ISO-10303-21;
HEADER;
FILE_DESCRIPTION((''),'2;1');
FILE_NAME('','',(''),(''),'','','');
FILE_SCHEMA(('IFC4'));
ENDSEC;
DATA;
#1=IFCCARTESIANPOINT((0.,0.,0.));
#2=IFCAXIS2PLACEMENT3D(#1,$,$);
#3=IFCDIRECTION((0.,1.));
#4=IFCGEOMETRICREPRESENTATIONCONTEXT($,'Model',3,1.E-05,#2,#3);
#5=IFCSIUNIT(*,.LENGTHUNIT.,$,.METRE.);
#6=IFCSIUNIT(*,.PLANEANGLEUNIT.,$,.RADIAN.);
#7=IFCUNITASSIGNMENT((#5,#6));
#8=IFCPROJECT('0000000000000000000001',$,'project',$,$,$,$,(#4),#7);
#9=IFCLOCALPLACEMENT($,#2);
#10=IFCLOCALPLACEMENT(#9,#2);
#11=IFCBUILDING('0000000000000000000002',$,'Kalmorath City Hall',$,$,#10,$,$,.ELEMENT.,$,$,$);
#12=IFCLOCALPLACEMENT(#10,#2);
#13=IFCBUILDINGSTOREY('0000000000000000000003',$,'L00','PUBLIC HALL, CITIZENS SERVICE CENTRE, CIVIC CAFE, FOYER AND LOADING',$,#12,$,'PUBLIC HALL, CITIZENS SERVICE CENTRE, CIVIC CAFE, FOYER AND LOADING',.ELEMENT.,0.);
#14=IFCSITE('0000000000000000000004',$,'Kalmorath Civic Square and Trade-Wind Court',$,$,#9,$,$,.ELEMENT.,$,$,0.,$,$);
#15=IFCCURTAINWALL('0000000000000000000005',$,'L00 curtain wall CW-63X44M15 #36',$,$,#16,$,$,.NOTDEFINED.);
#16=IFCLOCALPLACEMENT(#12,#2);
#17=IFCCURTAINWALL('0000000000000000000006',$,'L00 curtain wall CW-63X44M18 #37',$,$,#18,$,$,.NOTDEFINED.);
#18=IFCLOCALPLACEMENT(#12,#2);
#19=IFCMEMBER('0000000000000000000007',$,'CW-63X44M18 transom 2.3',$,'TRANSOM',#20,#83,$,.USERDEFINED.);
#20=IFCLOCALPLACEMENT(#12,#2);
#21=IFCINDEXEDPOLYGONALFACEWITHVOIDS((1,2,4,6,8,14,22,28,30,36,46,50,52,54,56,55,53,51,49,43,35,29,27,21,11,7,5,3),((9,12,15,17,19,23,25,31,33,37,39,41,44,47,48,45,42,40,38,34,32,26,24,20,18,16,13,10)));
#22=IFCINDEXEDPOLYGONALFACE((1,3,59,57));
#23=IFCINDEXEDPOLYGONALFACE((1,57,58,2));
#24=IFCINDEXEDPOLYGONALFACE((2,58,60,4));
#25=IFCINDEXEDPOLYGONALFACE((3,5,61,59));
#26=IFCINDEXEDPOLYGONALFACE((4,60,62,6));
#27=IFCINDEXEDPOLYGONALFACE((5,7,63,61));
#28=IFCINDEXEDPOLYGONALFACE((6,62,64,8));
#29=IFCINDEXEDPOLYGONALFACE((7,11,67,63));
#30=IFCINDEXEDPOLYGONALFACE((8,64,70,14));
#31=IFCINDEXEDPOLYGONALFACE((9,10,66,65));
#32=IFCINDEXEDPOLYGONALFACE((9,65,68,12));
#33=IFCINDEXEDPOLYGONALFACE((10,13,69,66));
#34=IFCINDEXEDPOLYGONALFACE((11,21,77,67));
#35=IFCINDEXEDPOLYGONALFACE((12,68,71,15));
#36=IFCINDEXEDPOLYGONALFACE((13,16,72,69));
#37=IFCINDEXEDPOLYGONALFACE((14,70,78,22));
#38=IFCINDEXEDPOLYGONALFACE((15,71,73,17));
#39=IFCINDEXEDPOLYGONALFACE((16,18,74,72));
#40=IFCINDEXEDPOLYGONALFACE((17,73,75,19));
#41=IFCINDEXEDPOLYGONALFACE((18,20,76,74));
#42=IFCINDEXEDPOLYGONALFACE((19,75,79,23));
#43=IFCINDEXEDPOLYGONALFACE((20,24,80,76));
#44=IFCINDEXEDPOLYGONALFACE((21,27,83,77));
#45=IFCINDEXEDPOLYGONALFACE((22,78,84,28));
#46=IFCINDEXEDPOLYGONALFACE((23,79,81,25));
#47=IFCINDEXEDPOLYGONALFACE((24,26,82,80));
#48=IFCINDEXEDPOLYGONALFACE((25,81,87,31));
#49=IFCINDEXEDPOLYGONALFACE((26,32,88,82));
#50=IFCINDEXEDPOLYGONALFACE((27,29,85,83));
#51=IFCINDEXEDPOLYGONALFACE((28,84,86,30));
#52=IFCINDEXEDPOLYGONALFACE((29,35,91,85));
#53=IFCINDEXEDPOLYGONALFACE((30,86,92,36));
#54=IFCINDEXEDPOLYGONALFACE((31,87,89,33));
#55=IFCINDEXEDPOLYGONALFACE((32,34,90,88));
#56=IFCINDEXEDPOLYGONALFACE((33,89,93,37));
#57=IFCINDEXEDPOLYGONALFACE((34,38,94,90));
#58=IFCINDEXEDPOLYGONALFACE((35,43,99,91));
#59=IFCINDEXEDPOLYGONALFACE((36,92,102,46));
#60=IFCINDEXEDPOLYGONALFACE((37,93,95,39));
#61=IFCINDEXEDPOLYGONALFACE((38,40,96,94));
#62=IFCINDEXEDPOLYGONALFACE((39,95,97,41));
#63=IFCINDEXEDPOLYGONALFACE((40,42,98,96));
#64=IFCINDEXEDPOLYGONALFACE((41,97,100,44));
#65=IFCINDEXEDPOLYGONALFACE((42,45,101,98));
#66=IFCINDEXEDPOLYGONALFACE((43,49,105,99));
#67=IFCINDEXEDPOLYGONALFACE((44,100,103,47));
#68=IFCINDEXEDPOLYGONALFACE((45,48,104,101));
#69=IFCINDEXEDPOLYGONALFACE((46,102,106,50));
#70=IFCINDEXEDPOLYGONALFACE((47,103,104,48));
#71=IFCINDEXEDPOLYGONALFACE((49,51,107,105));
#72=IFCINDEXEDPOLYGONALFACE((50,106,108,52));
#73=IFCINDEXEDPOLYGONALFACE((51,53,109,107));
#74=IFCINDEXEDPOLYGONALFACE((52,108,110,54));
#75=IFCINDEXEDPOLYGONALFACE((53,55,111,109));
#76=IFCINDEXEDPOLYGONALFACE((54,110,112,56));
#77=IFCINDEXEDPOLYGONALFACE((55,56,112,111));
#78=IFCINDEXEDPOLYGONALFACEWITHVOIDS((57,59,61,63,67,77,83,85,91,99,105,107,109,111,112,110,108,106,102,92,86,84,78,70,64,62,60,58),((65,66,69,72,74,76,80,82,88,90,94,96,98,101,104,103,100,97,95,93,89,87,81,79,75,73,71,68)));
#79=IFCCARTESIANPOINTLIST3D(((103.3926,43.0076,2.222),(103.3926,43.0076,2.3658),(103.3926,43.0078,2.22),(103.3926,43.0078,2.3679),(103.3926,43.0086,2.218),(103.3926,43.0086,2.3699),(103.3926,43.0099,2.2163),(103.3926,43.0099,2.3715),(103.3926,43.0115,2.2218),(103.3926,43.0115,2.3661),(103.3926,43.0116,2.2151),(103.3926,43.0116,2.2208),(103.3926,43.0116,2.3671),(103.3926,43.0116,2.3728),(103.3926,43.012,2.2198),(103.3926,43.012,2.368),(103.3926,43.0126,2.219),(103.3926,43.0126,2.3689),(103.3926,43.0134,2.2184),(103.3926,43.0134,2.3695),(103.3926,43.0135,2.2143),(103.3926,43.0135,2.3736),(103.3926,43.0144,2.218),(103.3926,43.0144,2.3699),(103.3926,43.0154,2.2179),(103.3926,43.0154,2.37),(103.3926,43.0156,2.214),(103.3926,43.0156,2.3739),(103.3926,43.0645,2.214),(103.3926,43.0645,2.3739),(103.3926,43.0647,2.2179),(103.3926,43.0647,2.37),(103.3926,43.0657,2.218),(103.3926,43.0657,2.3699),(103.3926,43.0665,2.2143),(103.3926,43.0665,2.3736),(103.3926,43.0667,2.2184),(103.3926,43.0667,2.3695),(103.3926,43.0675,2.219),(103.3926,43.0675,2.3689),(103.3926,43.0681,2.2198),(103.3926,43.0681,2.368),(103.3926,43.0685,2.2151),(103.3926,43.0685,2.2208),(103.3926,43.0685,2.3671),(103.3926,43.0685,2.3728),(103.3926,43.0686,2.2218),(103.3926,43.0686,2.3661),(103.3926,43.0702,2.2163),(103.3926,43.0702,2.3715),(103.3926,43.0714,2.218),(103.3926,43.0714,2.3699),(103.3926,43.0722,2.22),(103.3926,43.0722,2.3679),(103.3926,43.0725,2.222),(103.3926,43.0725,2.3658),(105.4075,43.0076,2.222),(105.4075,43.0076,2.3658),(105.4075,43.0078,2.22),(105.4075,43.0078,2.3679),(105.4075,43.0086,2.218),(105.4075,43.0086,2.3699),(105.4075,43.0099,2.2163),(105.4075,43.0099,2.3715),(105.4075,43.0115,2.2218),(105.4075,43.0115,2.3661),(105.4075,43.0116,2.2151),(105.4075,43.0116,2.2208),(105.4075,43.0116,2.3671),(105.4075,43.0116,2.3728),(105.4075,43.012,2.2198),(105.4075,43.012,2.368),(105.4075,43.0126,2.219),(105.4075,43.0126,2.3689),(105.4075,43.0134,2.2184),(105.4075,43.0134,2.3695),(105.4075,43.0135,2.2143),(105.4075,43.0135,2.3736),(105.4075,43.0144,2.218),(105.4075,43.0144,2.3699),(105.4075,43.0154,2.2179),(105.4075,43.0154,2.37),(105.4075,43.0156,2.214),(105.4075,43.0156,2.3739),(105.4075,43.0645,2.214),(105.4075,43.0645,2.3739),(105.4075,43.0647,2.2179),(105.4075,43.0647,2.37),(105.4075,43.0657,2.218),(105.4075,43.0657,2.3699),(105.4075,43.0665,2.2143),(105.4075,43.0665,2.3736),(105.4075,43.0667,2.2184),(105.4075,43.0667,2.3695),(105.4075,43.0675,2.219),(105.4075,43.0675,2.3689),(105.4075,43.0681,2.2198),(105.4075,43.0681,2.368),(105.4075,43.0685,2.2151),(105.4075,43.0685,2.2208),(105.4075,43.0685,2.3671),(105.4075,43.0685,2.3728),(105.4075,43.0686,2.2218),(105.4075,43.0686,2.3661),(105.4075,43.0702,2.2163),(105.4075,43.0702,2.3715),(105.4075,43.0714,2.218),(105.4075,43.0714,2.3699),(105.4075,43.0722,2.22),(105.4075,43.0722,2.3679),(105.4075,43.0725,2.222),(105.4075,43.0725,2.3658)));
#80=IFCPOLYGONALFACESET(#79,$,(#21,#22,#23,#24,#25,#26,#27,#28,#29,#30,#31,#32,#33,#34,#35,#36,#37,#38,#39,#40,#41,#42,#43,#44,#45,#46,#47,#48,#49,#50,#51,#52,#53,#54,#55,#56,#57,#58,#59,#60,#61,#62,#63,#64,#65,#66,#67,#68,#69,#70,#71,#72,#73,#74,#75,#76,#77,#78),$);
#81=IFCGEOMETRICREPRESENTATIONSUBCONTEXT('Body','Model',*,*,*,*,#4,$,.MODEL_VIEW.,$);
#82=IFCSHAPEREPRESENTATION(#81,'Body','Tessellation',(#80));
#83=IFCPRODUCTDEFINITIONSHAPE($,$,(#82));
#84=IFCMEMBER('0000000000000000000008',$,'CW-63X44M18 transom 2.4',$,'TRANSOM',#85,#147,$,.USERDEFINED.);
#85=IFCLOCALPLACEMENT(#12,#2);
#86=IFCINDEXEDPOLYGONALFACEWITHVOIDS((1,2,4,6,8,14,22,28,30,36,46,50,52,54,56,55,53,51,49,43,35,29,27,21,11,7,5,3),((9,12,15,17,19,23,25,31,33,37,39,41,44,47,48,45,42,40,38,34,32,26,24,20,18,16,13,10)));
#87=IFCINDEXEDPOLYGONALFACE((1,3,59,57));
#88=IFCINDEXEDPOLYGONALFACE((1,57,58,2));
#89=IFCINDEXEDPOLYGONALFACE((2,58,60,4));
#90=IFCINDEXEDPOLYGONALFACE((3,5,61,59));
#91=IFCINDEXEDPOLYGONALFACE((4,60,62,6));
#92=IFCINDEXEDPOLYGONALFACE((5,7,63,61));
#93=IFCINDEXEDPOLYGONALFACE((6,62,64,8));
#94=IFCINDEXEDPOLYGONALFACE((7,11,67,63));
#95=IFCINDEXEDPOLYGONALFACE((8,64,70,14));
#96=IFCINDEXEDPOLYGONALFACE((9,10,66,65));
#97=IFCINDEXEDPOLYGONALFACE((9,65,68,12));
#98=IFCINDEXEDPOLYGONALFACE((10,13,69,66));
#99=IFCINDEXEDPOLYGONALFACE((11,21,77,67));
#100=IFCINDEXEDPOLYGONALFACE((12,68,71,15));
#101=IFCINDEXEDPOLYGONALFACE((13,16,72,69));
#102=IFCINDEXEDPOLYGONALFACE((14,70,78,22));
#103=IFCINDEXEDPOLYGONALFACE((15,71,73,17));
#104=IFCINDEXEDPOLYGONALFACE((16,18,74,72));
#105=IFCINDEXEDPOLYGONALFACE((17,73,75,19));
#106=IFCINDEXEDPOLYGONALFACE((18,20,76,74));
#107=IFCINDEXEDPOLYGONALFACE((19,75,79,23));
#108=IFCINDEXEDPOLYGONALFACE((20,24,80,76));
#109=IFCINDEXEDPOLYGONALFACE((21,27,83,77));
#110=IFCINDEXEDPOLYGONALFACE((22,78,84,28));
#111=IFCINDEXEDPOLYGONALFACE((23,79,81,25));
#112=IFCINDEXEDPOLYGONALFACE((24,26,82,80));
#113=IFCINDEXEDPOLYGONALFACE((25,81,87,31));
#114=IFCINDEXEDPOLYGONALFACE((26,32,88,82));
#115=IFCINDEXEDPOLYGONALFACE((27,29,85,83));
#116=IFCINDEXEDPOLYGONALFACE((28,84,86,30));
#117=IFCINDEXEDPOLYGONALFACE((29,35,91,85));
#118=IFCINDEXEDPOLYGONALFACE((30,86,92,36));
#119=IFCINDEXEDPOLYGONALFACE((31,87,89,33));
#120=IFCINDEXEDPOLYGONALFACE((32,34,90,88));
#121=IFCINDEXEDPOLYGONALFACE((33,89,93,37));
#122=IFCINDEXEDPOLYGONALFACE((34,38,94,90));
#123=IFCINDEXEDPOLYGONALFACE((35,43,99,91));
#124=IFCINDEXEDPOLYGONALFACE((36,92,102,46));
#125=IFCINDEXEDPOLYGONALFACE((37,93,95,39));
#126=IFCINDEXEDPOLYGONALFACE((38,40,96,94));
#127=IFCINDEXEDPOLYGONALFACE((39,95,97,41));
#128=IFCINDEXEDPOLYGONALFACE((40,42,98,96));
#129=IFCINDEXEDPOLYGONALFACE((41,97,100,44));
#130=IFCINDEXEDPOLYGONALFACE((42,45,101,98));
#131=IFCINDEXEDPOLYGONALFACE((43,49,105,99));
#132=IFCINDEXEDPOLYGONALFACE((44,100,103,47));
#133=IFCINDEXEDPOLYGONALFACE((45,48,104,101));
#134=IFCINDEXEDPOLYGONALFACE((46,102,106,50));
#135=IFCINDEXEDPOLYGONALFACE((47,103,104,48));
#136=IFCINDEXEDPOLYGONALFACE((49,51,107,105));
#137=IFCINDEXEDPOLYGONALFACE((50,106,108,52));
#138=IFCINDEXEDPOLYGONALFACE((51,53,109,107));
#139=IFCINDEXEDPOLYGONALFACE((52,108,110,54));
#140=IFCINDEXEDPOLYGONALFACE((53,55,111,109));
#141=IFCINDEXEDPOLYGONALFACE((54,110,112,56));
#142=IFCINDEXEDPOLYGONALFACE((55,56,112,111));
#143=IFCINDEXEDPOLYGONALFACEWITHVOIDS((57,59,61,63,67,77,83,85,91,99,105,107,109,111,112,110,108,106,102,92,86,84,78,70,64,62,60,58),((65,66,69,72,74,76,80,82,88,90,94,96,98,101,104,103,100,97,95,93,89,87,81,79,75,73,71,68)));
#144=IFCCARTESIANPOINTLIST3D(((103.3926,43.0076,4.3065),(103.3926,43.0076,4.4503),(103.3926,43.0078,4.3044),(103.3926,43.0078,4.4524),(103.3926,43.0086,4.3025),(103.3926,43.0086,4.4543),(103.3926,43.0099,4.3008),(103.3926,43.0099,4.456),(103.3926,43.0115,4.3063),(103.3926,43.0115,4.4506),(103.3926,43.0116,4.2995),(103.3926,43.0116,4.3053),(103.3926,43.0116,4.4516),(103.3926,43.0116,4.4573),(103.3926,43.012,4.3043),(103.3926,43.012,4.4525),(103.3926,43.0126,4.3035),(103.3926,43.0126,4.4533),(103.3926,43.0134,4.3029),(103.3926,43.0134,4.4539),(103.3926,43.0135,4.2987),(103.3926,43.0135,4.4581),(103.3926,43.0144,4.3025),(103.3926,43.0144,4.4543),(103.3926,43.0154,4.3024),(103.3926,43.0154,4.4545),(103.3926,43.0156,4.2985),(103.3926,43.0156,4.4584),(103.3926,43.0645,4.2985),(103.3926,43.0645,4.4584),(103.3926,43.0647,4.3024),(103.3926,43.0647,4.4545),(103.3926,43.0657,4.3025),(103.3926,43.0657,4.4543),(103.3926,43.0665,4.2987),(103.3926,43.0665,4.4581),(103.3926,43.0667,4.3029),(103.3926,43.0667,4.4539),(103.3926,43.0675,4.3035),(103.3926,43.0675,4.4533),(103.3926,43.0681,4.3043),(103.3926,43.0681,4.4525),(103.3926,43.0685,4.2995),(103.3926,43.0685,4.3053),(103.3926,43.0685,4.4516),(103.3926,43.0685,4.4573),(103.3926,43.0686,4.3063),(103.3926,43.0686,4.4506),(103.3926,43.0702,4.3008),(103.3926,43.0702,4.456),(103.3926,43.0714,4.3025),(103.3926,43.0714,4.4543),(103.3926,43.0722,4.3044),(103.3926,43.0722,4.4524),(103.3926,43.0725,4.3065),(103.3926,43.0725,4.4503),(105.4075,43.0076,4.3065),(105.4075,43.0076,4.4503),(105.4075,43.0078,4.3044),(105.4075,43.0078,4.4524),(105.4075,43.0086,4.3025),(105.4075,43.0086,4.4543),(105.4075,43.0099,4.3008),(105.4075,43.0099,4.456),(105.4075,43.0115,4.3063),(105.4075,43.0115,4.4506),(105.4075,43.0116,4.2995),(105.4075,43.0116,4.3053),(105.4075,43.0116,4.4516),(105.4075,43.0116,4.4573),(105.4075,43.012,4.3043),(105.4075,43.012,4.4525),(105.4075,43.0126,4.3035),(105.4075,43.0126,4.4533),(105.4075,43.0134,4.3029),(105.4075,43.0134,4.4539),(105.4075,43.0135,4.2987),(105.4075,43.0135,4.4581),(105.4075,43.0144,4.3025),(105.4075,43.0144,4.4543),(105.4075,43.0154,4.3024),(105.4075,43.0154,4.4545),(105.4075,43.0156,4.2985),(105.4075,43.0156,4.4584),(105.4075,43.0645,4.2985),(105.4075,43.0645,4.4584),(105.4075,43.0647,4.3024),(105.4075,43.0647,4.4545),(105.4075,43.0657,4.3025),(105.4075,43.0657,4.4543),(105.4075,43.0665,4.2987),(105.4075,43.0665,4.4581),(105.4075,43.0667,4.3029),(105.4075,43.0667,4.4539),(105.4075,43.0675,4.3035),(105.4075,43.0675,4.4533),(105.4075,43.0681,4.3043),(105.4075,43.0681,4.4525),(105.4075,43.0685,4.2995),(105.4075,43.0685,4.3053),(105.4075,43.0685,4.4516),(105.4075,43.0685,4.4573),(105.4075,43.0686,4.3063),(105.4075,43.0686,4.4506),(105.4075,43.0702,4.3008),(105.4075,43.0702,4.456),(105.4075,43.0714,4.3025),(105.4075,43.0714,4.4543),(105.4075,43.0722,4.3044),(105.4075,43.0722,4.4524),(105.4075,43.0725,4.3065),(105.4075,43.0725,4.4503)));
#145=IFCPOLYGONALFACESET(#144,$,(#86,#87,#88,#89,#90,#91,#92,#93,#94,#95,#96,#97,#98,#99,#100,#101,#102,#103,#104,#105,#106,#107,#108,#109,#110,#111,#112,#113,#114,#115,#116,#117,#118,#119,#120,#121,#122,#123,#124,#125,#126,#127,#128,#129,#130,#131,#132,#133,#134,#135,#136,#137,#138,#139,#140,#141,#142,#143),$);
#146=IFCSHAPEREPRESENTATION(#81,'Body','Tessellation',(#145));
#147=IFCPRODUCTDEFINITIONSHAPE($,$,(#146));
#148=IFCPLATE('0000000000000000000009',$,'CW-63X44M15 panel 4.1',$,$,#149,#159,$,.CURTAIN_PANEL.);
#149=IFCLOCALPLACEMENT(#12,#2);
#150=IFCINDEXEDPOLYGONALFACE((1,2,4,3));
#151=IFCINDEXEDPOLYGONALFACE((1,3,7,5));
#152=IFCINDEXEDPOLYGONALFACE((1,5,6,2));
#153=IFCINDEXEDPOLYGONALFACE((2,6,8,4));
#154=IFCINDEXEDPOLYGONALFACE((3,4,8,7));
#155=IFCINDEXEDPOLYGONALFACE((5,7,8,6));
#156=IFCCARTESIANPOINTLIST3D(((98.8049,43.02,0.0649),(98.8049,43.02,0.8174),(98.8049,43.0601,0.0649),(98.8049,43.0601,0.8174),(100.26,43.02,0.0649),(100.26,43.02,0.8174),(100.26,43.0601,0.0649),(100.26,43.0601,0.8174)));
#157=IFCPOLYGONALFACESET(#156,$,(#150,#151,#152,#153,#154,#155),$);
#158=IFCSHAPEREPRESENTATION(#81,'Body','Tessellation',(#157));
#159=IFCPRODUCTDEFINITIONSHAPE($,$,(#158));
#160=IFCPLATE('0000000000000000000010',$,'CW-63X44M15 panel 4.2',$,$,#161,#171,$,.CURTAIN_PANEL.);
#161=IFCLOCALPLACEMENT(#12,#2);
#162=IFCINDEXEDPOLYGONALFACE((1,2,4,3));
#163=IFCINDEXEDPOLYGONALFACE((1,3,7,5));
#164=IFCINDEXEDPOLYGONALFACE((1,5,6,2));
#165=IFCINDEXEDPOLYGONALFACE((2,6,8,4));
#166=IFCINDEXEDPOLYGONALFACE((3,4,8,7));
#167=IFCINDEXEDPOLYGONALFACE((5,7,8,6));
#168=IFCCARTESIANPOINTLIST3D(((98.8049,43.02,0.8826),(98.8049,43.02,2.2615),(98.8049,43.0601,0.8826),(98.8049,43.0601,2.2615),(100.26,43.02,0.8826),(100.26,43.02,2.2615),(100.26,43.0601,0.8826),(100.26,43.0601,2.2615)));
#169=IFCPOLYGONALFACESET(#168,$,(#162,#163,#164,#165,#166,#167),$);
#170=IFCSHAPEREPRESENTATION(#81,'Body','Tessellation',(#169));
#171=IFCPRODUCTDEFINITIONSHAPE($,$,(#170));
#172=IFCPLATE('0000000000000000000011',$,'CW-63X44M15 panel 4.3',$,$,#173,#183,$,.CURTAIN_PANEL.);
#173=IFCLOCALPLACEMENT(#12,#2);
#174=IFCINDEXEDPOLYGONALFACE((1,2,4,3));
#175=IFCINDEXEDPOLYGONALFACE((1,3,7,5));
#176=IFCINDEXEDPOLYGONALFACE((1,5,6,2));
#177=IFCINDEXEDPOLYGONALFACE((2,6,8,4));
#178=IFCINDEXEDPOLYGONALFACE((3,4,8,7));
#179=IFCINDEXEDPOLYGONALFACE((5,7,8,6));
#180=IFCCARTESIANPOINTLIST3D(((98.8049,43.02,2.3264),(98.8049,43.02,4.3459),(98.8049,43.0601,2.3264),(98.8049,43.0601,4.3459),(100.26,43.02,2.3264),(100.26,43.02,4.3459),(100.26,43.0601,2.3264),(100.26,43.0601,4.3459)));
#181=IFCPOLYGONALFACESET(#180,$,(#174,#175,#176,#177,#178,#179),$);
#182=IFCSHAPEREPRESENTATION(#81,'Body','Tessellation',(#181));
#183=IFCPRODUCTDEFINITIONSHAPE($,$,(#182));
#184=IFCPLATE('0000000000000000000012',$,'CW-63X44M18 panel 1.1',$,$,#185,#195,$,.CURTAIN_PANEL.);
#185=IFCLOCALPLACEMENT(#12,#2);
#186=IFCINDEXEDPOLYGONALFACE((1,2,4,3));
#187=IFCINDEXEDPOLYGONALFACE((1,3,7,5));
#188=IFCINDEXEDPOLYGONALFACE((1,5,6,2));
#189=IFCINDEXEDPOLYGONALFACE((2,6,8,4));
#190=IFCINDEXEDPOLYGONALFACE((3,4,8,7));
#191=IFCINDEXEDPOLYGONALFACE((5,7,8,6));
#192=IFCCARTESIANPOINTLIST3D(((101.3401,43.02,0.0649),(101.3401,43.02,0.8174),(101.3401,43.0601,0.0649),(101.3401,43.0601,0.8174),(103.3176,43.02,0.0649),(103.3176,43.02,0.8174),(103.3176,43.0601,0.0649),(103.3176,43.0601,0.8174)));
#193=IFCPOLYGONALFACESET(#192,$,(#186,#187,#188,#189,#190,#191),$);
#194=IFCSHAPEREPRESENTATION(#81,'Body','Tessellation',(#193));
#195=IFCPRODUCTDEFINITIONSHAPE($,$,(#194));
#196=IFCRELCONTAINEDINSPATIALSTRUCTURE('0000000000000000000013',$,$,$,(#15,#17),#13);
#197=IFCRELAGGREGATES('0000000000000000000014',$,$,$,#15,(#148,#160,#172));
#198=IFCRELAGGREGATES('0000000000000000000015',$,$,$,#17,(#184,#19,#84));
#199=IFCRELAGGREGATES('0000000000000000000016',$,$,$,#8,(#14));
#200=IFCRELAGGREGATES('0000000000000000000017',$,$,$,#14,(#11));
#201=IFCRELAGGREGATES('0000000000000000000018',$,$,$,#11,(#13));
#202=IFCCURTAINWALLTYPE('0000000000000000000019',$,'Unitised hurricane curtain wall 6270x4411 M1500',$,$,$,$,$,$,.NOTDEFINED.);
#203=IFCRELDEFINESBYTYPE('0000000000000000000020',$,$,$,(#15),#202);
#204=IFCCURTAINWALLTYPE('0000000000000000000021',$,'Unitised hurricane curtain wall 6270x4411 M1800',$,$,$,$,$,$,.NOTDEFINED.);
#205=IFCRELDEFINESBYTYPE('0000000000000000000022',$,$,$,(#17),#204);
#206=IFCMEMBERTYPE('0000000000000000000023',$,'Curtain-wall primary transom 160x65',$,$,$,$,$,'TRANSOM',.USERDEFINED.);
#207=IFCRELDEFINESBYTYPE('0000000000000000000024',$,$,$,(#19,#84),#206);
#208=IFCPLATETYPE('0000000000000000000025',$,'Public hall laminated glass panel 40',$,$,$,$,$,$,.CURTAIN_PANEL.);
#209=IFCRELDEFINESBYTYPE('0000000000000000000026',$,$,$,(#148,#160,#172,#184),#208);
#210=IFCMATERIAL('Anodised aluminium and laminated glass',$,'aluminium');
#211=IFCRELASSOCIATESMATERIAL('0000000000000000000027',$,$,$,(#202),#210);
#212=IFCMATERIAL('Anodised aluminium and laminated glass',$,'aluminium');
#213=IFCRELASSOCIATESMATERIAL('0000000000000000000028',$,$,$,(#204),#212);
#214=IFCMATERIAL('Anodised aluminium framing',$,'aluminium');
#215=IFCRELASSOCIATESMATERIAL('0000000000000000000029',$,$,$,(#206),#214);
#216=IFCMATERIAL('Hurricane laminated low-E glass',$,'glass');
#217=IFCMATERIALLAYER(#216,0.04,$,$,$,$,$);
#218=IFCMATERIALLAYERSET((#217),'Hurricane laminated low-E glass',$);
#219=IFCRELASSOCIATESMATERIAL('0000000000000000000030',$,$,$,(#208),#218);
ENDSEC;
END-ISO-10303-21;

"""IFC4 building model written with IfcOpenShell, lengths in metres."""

from ifc_helpers import new_model, si_unit, direction, frame, origin, origin_2d, place, context, subcontext, project, spatial, rectangle, hollow_rectangle, extrude, material, layer, layer_set, material_profile, profile_set, type_object, element, aggregate, save


model = new_model("IFC4")

# Units and contexts
model_context = context("Model", 3, precision=1e-05, world=origin(), true_north=direction((0.0, 1.0)))
body_context = subcontext(model_context, "Body", "Model", "MODEL_VIEW")
ifc_project = project(units=[si_unit("LENGTHUNIT", "METRE"), si_unit("PLANEANGLEUNIT", "RADIAN")], contexts=[model_context])

# Site, building, storey
site_placement = place(None, origin())
site = spatial("IfcSite", under=ifc_project, at=site_placement, Name="Kalmorath Civic Square and Trade-Wind Court", CompositionType="ELEMENT", RefElevation=0.0)
building_placement = place(site_placement, origin())
building = spatial("IfcBuilding", under=site, at=building_placement, Name="Kalmorath City Hall", CompositionType="ELEMENT")
storey_placement = place(building_placement, origin())
storey = spatial("IfcBuildingStorey", under=building, at=storey_placement, Name="L00", Description="PUBLIC HALL, CITIZENS SERVICE CENTRE, CIVIC CAFE, FOYER AND LOADING", LongName="PUBLIC HALL, CITIZENS SERVICE CENTRE, CIVIC CAFE, FOYER AND LOADING", CompositionType="ELEMENT", Elevation=0.0)

# Curtain wall
ifc_material_1 = material(Name="Anodised aluminium and laminated glass", Category="aluminium")
curtain_wall_type_1 = type_object("IfcCurtainWallType", Name="Unitised hurricane curtain wall 6270x4411 M1500", PredefinedType="NOTDEFINED", material=ifc_material_1)
curtain_wall_1_placement = place(storey_placement, origin())
curtain_wall_1 = element("IfcCurtainWall", 1, at=curtain_wall_1_placement, inside=storey, type_object=curtain_wall_type_1, Name="L00 curtain wall CW-63X44M15 #36", PredefinedType="NOTDEFINED")

# Curtain wall
ifc_material_2 = material(Name="Anodised aluminium and laminated glass", Category="aluminium")
curtain_wall_type_2 = type_object("IfcCurtainWallType", Name="Unitised hurricane curtain wall 6270x4411 M1800", PredefinedType="NOTDEFINED", material=ifc_material_2)
curtain_wall_2_placement = place(storey_placement, origin())
curtain_wall_2 = element("IfcCurtainWall", 2, at=curtain_wall_2_placement, inside=storey, type_object=curtain_wall_type_2, Name="L00 curtain wall CW-63X44M18 #37", PredefinedType="NOTDEFINED")

# Members
ifc_material_3 = material(Name="Anodised aluminium framing", Category="aluminium")
ifc_material_profile_1 = material_profile(ifc_material_3, hollow_rectangle(XDim=0.0649, YDim=0.1599, WallThickness=0.0039, InnerFilletRadius=0.0039, OuterFilletRadius=0.0081, at=origin_2d()), Name="ALU-TRN-160X65X4")
ifc_profile_set_1 = profile_set([ifc_material_profile_1], Name="Anodised aluminium framing")
member_type_1 = type_object("IfcMemberType", Name="Curtain-wall primary transom 160x65", ElementType="TRANSOM", PredefinedType="USERDEFINED", material=ifc_profile_set_1)
member_1_placement = place(storey_placement, frame((103.3926, 43.04, 2.2939), z_axis=(1.0, 0.0, 0.0), x_axis=(0.0, 1.0, 0.0)))
member_1 = element("IfcMember", 3, at=member_1_placement, type_object=member_type_1, Name="CW-63X44M18 transom 2.3", ObjectType="TRANSOM", PredefinedType="USERDEFINED", context=body_context, shape_type="SweptSolid", body=[
    extrude(hollow_rectangle(XDim=0.0649, YDim=0.1599, WallThickness=0.0039, InnerFilletRadius=0.0039, OuterFilletRadius=0.0081, at=origin_2d()), origin(), (0.0, 0.0, 1.0), 2.0149),
])
member_2_placement = place(storey_placement, frame((103.3926, 43.04, 4.3784), z_axis=(1.0, 0.0, 0.0), x_axis=(0.0, 1.0, 0.0)))
member_2 = element("IfcMember", 4, at=member_2_placement, type_object=member_type_1, Name="CW-63X44M18 transom 2.4", ObjectType="TRANSOM", PredefinedType="USERDEFINED", context=body_context, shape_type="SweptSolid", body=[
    extrude(hollow_rectangle(XDim=0.0649, YDim=0.1599, WallThickness=0.0039, InnerFilletRadius=0.0039, OuterFilletRadius=0.0081, at=origin_2d()), origin(), (0.0, 0.0, 1.0), 2.0149),
])

# Plates
ifc_material_4 = material(Name="Hurricane laminated low-E glass", Category="glass")
ifc_layer = layer(ifc_material_4, 0.04)
ifc_layer_set = layer_set([ifc_layer], Name="Hurricane laminated low-E glass")
plate_type = type_object("IfcPlateType", Name="Public hall laminated glass panel 40", PredefinedType="CURTAIN_PANEL", material=ifc_layer_set)
plate_1_placement = place(storey_placement, frame((99.5325, 43.04, 0.0649), z_axis=(0.0, 0.0, 1.0), x_axis=(1.0, 0.0, 0.0)))
plate_1 = element("IfcPlate", 5, at=plate_1_placement, type_object=plate_type, Name="CW-63X44M15 panel 4.1", PredefinedType="CURTAIN_PANEL", context=body_context, shape_type="SweptSolid", body=[
    extrude(rectangle(XDim=1.4551, YDim=0.04, at=origin_2d()), origin(), (0.0, 0.0, 1.0), 0.7524),
])
plate_2_placement = place(storey_placement, frame((99.5325, 43.04, 0.8826), z_axis=(0.0, 0.0, 1.0), x_axis=(1.0, 0.0, 0.0)))
plate_2 = element("IfcPlate", 6, at=plate_2_placement, type_object=plate_type, Name="CW-63X44M15 panel 4.2", PredefinedType="CURTAIN_PANEL", context=body_context, shape_type="SweptSolid", body=[
    extrude(rectangle(XDim=1.4551, YDim=0.04, at=origin_2d()), origin(), (0.0, 0.0, 1.0), 1.3789),
])
plate_3_placement = place(storey_placement, frame((99.5325, 43.04, 2.3264), z_axis=(0.0, 0.0, 1.0), x_axis=(1.0, 0.0, 0.0)))
plate_3 = element("IfcPlate", 7, at=plate_3_placement, type_object=plate_type, Name="CW-63X44M15 panel 4.3", PredefinedType="CURTAIN_PANEL", context=body_context, shape_type="SweptSolid", body=[
    extrude(rectangle(XDim=1.4551, YDim=0.04, at=origin_2d()), origin(), (0.0, 0.0, 1.0), 2.0195),
])
aggregate(curtain_wall_1, [plate_1, plate_2, plate_3])
plate_4_placement = place(storey_placement, frame((102.3289, 43.04, 0.0649), z_axis=(0.0, 0.0, 1.0), x_axis=(1.0, 0.0, 0.0)))
plate_4 = element("IfcPlate", 8, at=plate_4_placement, type_object=plate_type, Name="CW-63X44M18 panel 1.1", PredefinedType="CURTAIN_PANEL", context=body_context, shape_type="SweptSolid", body=[
    extrude(rectangle(XDim=1.9775, YDim=0.04, at=origin_2d()), origin(), (0.0, 0.0, 1.0), 0.7524),
])
aggregate(curtain_wall_2, [plate_4, member_1, member_2])

save(model, "model.ifc")
